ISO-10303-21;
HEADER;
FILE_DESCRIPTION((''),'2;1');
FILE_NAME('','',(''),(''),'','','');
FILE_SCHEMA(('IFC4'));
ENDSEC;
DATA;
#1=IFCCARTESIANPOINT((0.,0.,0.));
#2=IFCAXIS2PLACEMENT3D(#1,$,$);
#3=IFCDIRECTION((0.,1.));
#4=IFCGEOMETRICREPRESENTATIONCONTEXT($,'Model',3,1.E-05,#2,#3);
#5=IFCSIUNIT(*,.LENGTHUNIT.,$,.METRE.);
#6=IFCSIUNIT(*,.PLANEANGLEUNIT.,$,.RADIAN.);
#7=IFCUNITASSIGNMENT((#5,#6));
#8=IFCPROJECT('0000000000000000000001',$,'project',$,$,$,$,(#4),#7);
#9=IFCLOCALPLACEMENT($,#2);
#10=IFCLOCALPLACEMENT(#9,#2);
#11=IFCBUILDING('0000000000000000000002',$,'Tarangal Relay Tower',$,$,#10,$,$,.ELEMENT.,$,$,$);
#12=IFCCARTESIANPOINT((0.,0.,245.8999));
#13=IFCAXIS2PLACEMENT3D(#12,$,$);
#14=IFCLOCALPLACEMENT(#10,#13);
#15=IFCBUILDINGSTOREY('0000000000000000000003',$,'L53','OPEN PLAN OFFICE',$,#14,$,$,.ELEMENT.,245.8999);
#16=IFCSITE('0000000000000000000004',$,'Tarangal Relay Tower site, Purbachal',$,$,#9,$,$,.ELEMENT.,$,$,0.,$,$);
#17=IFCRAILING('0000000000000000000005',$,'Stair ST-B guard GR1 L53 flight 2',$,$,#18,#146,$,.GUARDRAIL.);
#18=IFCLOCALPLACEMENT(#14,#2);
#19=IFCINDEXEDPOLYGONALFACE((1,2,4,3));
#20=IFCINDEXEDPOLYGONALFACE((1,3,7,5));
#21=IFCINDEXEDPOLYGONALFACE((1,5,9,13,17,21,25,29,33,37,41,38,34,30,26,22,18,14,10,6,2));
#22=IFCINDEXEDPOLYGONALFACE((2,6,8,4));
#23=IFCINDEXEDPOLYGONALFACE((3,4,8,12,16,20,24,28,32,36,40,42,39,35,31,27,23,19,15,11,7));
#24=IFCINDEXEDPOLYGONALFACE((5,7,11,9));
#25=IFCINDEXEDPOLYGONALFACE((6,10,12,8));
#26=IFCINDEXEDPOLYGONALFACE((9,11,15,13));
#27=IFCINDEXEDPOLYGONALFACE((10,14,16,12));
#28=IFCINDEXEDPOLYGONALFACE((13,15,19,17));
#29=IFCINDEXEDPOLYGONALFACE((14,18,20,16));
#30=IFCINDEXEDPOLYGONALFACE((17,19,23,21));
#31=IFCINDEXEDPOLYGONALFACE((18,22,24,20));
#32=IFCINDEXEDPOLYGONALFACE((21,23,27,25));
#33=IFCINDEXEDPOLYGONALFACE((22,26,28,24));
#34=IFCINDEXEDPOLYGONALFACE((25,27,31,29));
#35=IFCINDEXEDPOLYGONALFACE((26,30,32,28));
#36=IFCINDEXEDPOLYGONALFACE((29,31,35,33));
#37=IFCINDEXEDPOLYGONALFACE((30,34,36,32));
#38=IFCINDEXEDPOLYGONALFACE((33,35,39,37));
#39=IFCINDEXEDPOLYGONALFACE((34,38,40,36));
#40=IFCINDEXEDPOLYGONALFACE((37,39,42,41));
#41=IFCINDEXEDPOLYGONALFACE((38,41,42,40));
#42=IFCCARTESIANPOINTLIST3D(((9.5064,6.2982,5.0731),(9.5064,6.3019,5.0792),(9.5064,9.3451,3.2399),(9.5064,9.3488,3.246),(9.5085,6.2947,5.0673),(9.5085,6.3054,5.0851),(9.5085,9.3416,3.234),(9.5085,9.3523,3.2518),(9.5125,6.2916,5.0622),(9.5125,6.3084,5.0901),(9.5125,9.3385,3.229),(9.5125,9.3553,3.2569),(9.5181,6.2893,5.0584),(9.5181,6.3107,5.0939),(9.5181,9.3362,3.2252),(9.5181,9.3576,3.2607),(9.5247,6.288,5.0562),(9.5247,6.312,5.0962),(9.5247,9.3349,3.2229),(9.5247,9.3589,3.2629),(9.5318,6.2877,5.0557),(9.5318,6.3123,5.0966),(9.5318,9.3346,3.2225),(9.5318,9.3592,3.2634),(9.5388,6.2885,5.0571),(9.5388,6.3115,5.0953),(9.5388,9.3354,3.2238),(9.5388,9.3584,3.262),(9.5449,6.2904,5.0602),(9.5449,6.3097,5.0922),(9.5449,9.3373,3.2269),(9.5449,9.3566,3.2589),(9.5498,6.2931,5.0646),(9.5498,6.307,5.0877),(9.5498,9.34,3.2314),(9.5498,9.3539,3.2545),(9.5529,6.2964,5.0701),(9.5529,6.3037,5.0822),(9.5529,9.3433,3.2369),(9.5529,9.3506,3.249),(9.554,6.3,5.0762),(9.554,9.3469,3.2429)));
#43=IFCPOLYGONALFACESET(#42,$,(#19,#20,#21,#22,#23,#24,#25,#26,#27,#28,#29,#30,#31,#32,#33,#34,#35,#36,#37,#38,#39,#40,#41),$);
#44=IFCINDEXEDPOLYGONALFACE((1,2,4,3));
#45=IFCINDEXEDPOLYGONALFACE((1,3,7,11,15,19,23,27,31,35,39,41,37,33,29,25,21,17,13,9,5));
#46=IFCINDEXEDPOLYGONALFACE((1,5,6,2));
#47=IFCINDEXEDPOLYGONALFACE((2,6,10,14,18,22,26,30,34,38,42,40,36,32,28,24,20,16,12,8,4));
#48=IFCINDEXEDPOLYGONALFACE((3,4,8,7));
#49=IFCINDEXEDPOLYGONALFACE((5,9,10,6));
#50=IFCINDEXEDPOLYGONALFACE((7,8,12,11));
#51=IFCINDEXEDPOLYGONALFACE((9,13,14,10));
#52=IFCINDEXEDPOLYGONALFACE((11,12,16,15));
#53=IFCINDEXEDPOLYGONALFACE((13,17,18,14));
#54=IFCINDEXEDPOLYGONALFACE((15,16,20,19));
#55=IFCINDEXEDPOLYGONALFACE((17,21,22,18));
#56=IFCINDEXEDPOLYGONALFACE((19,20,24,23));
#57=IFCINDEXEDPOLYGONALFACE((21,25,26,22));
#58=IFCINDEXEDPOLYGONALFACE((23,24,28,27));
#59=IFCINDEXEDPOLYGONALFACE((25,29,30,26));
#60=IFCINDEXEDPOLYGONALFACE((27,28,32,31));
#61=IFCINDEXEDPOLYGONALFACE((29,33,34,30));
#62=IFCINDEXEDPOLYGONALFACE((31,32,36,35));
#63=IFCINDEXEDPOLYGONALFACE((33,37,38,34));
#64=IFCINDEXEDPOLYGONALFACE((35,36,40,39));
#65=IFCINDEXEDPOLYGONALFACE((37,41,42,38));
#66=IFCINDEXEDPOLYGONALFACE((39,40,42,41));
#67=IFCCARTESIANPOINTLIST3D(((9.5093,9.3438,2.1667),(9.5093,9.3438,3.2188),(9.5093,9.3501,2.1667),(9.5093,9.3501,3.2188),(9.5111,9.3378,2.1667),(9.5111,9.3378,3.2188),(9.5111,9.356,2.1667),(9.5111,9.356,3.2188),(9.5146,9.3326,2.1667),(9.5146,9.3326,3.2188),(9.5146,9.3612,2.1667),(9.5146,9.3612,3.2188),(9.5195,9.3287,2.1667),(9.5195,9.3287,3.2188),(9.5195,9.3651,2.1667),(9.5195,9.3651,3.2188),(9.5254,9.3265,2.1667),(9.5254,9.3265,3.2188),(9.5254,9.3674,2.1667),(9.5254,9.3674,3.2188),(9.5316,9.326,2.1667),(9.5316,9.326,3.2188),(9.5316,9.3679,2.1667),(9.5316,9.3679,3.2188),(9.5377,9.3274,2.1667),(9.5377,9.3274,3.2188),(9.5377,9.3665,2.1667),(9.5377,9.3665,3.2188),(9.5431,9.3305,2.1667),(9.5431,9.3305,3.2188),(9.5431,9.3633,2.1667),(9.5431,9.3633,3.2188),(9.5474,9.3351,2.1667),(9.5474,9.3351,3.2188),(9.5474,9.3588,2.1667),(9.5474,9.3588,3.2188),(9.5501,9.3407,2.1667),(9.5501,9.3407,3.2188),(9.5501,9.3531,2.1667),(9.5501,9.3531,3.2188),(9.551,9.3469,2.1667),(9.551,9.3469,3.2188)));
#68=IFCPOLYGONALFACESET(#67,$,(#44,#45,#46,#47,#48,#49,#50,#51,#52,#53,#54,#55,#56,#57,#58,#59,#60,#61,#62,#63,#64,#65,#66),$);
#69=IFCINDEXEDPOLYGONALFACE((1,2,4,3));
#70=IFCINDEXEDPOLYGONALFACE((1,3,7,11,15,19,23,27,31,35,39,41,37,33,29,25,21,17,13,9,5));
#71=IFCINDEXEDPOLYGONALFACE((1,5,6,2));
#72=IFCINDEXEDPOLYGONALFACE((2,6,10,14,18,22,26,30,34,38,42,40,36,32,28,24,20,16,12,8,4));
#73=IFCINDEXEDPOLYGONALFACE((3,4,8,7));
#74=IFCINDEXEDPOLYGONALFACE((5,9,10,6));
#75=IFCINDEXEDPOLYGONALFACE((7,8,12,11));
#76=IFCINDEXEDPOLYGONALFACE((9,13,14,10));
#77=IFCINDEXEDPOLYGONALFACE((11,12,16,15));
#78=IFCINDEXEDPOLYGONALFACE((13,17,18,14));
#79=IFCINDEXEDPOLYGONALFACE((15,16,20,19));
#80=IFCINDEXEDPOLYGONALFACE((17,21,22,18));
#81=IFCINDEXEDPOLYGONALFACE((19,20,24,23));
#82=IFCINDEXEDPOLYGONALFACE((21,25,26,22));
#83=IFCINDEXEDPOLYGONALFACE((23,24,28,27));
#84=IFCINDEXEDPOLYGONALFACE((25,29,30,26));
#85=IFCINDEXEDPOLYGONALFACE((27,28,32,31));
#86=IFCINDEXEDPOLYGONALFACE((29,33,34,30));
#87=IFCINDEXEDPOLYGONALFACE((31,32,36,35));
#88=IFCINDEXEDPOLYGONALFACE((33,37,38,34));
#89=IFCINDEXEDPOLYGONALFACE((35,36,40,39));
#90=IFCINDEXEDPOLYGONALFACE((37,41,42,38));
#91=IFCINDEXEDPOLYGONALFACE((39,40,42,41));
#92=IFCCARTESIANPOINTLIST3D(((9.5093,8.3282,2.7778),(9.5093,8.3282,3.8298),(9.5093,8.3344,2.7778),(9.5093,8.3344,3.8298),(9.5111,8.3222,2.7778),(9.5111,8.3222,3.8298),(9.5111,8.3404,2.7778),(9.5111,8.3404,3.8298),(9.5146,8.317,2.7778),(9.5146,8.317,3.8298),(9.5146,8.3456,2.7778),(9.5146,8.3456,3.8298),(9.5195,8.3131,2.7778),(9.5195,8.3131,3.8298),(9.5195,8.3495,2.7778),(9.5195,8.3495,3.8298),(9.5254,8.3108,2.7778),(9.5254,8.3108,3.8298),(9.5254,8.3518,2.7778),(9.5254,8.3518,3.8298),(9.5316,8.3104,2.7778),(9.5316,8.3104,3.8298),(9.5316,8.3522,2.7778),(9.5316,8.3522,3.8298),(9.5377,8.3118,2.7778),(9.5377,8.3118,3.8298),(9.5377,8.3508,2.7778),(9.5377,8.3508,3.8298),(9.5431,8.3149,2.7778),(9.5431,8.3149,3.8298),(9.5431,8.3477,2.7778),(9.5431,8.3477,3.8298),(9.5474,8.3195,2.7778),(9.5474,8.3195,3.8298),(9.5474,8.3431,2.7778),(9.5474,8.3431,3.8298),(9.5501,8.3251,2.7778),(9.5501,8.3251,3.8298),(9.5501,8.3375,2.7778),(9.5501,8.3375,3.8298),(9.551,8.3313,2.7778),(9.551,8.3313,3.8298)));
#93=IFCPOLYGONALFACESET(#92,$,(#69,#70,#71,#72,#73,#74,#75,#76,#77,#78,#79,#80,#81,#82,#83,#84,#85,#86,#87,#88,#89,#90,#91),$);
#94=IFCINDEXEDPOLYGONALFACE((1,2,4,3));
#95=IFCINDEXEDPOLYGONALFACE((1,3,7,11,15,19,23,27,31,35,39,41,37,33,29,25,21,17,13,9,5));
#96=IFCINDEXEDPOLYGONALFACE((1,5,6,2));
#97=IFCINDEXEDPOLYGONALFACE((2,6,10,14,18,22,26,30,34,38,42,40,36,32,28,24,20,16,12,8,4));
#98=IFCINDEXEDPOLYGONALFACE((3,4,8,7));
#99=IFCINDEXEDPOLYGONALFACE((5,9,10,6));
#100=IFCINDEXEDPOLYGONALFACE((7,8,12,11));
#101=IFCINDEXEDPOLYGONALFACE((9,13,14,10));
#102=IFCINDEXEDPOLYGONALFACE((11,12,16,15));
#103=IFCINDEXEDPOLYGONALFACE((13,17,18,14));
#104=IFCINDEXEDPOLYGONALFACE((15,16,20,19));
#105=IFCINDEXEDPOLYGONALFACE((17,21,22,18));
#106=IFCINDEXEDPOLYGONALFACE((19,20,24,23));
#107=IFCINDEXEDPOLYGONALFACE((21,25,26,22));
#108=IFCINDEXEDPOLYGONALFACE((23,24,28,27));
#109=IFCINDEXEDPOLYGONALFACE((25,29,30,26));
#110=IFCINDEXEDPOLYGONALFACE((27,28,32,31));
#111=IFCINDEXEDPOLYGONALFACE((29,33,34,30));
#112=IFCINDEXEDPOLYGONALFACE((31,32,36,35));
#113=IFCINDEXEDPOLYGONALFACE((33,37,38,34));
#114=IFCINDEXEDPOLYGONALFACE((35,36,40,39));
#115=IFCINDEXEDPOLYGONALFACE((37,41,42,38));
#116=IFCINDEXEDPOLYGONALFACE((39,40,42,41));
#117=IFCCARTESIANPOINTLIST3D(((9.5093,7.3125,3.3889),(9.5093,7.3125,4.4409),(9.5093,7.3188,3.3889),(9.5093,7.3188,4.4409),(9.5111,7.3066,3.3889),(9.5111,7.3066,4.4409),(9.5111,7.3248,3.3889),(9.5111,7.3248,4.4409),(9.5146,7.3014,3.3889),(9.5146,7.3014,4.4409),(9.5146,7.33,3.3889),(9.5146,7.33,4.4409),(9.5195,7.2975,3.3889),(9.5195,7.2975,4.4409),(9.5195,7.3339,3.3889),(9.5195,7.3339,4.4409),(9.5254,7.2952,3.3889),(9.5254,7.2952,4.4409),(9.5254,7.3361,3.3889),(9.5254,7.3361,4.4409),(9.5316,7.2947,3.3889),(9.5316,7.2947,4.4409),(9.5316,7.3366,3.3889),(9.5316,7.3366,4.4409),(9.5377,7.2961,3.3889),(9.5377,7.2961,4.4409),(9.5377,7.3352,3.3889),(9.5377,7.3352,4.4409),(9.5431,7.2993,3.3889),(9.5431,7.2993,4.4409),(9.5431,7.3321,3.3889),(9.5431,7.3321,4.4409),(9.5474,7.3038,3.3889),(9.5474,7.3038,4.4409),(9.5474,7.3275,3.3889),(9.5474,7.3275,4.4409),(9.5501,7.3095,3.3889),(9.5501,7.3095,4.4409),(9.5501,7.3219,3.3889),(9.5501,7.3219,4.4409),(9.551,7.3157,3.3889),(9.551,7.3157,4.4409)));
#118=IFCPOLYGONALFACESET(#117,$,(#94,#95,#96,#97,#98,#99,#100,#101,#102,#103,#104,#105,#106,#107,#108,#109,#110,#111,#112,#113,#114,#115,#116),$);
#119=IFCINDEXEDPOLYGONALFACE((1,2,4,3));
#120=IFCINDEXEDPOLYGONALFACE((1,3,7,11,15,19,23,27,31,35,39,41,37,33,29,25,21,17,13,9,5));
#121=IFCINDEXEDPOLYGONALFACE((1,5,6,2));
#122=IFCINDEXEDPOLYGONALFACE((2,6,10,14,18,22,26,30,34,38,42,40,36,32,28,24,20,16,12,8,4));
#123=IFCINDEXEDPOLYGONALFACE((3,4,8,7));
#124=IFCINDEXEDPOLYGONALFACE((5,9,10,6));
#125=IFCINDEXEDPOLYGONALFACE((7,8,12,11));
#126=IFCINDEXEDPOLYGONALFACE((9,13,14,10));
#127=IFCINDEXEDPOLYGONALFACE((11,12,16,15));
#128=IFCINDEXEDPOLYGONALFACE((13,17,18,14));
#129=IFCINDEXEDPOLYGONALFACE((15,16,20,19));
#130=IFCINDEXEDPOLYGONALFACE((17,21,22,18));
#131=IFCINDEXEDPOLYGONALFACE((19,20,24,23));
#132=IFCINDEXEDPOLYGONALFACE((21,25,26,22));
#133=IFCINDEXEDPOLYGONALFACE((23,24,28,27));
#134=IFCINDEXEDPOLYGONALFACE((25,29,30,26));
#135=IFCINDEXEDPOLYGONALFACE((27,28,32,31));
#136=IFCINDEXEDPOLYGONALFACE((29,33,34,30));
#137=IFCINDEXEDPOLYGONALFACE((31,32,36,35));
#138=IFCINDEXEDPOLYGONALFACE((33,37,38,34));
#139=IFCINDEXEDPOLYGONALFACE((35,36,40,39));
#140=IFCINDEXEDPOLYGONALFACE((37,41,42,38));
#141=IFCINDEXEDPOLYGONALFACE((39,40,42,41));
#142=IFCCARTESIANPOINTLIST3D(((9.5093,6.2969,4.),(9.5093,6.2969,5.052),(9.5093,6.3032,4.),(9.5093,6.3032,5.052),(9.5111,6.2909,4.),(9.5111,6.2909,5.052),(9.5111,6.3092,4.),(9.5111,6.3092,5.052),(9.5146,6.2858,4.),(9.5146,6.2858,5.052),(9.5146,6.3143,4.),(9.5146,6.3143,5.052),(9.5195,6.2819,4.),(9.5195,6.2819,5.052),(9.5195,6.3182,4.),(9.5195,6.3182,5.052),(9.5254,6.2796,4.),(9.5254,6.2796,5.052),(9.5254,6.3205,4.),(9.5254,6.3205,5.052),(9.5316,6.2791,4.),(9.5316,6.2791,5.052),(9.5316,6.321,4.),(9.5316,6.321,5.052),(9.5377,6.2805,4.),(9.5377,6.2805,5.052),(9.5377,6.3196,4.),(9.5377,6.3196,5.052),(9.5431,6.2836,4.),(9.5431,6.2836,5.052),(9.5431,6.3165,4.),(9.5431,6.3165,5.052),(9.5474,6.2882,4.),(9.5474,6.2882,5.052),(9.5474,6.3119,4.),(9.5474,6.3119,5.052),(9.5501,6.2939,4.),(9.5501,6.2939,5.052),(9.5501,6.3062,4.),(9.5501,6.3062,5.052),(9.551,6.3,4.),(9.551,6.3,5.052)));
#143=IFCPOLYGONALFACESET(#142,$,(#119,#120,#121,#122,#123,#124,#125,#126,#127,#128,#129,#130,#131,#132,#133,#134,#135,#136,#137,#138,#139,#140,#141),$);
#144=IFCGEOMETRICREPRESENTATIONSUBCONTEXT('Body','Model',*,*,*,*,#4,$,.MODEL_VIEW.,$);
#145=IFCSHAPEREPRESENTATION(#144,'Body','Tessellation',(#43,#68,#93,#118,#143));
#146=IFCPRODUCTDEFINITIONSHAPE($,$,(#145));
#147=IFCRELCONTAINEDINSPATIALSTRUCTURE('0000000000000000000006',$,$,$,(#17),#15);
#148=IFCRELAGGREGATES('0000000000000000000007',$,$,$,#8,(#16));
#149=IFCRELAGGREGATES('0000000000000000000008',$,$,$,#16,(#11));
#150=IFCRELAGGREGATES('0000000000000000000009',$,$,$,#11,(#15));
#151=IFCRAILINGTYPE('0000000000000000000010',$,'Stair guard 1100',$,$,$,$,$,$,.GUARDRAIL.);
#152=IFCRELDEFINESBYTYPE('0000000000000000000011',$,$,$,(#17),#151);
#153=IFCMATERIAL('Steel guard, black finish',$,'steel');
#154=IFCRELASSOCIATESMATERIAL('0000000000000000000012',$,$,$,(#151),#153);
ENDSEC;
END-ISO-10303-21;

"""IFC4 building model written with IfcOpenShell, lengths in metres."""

from ifc_helpers import new_model, si_unit, direction, frame, origin, origin_2d, place, context, subcontext, project, spatial, circle, extrude, material, type_object, element, save


model = new_model("IFC4")

# Units and contexts
model_context = context("Model", 3, precision=1e-05, world=origin(), true_north=direction((0.0, 1.0)))
body_context = subcontext(model_context, "Body", "Model", "MODEL_VIEW")
ifc_project = project(units=[si_unit("LENGTHUNIT", "METRE"), si_unit("PLANEANGLEUNIT", "RADIAN")], contexts=[model_context])

# Site, building, storey
site_placement = place(None, origin())
site = spatial("IfcSite", under=ifc_project, at=site_placement, Name="Tarangal Relay Tower site, Purbachal", CompositionType="ELEMENT", RefElevation=0.0)
building_placement = place(site_placement, origin())
building = spatial("IfcBuilding", under=site, at=building_placement, Name="Tarangal Relay Tower", CompositionType="ELEMENT")
storey_placement = place(building_placement, frame((0.0, 0.0, 245.8999)))
storey = spatial("IfcBuildingStorey", under=building, at=storey_placement, Name="L53", Description="OPEN PLAN OFFICE", CompositionType="ELEMENT", Elevation=245.8999)

# Railing
ifc_material_1 = material(Name="Steel guard, black finish", Category="steel")
railing_type_1 = type_object("IfcRailingType", Name="Stair guard 1100", PredefinedType="GUARDRAIL", material=ifc_material_1)
railing_1_placement = place(storey_placement, frame((9.53, 9.3469, 2.1667)))
element("IfcRailing", 1, at=railing_1_placement, inside=storey, type_object=railing_type_1, Name="Stair ST-B guard GR1 L53 flight 2", PredefinedType="GUARDRAIL", context=body_context, shape_type="SweptSolid", body=[
    extrude(circle(Radius=0.0239, at=origin_2d()), frame((0.0, 0.0, 1.0762), z_axis=(0.0, -0.856856, 0.515556), x_axis=(1.0, 0.0, 0.0)), (0.0, 0.0, 1.0), 3.5559),
    extrude(circle(Radius=0.021, at=origin_2d()), origin(), (0.0, 0.0, 1.0), 1.052),
    extrude(circle(Radius=0.021, at=origin_2d()), frame((0.0, -1.0156, 0.6111)), (0.0, 0.0, 1.0), 1.052),
    extrude(circle(Radius=0.021, at=origin_2d()), frame((0.0, -2.0312, 1.2222)), (0.0, 0.0, 1.0), 1.052),
    extrude(circle(Radius=0.021, at=origin_2d()), frame((0.0, -3.0469, 1.8333)), (0.0, 0.0, 1.0), 1.052),
])

save(model, "model.ifc")
